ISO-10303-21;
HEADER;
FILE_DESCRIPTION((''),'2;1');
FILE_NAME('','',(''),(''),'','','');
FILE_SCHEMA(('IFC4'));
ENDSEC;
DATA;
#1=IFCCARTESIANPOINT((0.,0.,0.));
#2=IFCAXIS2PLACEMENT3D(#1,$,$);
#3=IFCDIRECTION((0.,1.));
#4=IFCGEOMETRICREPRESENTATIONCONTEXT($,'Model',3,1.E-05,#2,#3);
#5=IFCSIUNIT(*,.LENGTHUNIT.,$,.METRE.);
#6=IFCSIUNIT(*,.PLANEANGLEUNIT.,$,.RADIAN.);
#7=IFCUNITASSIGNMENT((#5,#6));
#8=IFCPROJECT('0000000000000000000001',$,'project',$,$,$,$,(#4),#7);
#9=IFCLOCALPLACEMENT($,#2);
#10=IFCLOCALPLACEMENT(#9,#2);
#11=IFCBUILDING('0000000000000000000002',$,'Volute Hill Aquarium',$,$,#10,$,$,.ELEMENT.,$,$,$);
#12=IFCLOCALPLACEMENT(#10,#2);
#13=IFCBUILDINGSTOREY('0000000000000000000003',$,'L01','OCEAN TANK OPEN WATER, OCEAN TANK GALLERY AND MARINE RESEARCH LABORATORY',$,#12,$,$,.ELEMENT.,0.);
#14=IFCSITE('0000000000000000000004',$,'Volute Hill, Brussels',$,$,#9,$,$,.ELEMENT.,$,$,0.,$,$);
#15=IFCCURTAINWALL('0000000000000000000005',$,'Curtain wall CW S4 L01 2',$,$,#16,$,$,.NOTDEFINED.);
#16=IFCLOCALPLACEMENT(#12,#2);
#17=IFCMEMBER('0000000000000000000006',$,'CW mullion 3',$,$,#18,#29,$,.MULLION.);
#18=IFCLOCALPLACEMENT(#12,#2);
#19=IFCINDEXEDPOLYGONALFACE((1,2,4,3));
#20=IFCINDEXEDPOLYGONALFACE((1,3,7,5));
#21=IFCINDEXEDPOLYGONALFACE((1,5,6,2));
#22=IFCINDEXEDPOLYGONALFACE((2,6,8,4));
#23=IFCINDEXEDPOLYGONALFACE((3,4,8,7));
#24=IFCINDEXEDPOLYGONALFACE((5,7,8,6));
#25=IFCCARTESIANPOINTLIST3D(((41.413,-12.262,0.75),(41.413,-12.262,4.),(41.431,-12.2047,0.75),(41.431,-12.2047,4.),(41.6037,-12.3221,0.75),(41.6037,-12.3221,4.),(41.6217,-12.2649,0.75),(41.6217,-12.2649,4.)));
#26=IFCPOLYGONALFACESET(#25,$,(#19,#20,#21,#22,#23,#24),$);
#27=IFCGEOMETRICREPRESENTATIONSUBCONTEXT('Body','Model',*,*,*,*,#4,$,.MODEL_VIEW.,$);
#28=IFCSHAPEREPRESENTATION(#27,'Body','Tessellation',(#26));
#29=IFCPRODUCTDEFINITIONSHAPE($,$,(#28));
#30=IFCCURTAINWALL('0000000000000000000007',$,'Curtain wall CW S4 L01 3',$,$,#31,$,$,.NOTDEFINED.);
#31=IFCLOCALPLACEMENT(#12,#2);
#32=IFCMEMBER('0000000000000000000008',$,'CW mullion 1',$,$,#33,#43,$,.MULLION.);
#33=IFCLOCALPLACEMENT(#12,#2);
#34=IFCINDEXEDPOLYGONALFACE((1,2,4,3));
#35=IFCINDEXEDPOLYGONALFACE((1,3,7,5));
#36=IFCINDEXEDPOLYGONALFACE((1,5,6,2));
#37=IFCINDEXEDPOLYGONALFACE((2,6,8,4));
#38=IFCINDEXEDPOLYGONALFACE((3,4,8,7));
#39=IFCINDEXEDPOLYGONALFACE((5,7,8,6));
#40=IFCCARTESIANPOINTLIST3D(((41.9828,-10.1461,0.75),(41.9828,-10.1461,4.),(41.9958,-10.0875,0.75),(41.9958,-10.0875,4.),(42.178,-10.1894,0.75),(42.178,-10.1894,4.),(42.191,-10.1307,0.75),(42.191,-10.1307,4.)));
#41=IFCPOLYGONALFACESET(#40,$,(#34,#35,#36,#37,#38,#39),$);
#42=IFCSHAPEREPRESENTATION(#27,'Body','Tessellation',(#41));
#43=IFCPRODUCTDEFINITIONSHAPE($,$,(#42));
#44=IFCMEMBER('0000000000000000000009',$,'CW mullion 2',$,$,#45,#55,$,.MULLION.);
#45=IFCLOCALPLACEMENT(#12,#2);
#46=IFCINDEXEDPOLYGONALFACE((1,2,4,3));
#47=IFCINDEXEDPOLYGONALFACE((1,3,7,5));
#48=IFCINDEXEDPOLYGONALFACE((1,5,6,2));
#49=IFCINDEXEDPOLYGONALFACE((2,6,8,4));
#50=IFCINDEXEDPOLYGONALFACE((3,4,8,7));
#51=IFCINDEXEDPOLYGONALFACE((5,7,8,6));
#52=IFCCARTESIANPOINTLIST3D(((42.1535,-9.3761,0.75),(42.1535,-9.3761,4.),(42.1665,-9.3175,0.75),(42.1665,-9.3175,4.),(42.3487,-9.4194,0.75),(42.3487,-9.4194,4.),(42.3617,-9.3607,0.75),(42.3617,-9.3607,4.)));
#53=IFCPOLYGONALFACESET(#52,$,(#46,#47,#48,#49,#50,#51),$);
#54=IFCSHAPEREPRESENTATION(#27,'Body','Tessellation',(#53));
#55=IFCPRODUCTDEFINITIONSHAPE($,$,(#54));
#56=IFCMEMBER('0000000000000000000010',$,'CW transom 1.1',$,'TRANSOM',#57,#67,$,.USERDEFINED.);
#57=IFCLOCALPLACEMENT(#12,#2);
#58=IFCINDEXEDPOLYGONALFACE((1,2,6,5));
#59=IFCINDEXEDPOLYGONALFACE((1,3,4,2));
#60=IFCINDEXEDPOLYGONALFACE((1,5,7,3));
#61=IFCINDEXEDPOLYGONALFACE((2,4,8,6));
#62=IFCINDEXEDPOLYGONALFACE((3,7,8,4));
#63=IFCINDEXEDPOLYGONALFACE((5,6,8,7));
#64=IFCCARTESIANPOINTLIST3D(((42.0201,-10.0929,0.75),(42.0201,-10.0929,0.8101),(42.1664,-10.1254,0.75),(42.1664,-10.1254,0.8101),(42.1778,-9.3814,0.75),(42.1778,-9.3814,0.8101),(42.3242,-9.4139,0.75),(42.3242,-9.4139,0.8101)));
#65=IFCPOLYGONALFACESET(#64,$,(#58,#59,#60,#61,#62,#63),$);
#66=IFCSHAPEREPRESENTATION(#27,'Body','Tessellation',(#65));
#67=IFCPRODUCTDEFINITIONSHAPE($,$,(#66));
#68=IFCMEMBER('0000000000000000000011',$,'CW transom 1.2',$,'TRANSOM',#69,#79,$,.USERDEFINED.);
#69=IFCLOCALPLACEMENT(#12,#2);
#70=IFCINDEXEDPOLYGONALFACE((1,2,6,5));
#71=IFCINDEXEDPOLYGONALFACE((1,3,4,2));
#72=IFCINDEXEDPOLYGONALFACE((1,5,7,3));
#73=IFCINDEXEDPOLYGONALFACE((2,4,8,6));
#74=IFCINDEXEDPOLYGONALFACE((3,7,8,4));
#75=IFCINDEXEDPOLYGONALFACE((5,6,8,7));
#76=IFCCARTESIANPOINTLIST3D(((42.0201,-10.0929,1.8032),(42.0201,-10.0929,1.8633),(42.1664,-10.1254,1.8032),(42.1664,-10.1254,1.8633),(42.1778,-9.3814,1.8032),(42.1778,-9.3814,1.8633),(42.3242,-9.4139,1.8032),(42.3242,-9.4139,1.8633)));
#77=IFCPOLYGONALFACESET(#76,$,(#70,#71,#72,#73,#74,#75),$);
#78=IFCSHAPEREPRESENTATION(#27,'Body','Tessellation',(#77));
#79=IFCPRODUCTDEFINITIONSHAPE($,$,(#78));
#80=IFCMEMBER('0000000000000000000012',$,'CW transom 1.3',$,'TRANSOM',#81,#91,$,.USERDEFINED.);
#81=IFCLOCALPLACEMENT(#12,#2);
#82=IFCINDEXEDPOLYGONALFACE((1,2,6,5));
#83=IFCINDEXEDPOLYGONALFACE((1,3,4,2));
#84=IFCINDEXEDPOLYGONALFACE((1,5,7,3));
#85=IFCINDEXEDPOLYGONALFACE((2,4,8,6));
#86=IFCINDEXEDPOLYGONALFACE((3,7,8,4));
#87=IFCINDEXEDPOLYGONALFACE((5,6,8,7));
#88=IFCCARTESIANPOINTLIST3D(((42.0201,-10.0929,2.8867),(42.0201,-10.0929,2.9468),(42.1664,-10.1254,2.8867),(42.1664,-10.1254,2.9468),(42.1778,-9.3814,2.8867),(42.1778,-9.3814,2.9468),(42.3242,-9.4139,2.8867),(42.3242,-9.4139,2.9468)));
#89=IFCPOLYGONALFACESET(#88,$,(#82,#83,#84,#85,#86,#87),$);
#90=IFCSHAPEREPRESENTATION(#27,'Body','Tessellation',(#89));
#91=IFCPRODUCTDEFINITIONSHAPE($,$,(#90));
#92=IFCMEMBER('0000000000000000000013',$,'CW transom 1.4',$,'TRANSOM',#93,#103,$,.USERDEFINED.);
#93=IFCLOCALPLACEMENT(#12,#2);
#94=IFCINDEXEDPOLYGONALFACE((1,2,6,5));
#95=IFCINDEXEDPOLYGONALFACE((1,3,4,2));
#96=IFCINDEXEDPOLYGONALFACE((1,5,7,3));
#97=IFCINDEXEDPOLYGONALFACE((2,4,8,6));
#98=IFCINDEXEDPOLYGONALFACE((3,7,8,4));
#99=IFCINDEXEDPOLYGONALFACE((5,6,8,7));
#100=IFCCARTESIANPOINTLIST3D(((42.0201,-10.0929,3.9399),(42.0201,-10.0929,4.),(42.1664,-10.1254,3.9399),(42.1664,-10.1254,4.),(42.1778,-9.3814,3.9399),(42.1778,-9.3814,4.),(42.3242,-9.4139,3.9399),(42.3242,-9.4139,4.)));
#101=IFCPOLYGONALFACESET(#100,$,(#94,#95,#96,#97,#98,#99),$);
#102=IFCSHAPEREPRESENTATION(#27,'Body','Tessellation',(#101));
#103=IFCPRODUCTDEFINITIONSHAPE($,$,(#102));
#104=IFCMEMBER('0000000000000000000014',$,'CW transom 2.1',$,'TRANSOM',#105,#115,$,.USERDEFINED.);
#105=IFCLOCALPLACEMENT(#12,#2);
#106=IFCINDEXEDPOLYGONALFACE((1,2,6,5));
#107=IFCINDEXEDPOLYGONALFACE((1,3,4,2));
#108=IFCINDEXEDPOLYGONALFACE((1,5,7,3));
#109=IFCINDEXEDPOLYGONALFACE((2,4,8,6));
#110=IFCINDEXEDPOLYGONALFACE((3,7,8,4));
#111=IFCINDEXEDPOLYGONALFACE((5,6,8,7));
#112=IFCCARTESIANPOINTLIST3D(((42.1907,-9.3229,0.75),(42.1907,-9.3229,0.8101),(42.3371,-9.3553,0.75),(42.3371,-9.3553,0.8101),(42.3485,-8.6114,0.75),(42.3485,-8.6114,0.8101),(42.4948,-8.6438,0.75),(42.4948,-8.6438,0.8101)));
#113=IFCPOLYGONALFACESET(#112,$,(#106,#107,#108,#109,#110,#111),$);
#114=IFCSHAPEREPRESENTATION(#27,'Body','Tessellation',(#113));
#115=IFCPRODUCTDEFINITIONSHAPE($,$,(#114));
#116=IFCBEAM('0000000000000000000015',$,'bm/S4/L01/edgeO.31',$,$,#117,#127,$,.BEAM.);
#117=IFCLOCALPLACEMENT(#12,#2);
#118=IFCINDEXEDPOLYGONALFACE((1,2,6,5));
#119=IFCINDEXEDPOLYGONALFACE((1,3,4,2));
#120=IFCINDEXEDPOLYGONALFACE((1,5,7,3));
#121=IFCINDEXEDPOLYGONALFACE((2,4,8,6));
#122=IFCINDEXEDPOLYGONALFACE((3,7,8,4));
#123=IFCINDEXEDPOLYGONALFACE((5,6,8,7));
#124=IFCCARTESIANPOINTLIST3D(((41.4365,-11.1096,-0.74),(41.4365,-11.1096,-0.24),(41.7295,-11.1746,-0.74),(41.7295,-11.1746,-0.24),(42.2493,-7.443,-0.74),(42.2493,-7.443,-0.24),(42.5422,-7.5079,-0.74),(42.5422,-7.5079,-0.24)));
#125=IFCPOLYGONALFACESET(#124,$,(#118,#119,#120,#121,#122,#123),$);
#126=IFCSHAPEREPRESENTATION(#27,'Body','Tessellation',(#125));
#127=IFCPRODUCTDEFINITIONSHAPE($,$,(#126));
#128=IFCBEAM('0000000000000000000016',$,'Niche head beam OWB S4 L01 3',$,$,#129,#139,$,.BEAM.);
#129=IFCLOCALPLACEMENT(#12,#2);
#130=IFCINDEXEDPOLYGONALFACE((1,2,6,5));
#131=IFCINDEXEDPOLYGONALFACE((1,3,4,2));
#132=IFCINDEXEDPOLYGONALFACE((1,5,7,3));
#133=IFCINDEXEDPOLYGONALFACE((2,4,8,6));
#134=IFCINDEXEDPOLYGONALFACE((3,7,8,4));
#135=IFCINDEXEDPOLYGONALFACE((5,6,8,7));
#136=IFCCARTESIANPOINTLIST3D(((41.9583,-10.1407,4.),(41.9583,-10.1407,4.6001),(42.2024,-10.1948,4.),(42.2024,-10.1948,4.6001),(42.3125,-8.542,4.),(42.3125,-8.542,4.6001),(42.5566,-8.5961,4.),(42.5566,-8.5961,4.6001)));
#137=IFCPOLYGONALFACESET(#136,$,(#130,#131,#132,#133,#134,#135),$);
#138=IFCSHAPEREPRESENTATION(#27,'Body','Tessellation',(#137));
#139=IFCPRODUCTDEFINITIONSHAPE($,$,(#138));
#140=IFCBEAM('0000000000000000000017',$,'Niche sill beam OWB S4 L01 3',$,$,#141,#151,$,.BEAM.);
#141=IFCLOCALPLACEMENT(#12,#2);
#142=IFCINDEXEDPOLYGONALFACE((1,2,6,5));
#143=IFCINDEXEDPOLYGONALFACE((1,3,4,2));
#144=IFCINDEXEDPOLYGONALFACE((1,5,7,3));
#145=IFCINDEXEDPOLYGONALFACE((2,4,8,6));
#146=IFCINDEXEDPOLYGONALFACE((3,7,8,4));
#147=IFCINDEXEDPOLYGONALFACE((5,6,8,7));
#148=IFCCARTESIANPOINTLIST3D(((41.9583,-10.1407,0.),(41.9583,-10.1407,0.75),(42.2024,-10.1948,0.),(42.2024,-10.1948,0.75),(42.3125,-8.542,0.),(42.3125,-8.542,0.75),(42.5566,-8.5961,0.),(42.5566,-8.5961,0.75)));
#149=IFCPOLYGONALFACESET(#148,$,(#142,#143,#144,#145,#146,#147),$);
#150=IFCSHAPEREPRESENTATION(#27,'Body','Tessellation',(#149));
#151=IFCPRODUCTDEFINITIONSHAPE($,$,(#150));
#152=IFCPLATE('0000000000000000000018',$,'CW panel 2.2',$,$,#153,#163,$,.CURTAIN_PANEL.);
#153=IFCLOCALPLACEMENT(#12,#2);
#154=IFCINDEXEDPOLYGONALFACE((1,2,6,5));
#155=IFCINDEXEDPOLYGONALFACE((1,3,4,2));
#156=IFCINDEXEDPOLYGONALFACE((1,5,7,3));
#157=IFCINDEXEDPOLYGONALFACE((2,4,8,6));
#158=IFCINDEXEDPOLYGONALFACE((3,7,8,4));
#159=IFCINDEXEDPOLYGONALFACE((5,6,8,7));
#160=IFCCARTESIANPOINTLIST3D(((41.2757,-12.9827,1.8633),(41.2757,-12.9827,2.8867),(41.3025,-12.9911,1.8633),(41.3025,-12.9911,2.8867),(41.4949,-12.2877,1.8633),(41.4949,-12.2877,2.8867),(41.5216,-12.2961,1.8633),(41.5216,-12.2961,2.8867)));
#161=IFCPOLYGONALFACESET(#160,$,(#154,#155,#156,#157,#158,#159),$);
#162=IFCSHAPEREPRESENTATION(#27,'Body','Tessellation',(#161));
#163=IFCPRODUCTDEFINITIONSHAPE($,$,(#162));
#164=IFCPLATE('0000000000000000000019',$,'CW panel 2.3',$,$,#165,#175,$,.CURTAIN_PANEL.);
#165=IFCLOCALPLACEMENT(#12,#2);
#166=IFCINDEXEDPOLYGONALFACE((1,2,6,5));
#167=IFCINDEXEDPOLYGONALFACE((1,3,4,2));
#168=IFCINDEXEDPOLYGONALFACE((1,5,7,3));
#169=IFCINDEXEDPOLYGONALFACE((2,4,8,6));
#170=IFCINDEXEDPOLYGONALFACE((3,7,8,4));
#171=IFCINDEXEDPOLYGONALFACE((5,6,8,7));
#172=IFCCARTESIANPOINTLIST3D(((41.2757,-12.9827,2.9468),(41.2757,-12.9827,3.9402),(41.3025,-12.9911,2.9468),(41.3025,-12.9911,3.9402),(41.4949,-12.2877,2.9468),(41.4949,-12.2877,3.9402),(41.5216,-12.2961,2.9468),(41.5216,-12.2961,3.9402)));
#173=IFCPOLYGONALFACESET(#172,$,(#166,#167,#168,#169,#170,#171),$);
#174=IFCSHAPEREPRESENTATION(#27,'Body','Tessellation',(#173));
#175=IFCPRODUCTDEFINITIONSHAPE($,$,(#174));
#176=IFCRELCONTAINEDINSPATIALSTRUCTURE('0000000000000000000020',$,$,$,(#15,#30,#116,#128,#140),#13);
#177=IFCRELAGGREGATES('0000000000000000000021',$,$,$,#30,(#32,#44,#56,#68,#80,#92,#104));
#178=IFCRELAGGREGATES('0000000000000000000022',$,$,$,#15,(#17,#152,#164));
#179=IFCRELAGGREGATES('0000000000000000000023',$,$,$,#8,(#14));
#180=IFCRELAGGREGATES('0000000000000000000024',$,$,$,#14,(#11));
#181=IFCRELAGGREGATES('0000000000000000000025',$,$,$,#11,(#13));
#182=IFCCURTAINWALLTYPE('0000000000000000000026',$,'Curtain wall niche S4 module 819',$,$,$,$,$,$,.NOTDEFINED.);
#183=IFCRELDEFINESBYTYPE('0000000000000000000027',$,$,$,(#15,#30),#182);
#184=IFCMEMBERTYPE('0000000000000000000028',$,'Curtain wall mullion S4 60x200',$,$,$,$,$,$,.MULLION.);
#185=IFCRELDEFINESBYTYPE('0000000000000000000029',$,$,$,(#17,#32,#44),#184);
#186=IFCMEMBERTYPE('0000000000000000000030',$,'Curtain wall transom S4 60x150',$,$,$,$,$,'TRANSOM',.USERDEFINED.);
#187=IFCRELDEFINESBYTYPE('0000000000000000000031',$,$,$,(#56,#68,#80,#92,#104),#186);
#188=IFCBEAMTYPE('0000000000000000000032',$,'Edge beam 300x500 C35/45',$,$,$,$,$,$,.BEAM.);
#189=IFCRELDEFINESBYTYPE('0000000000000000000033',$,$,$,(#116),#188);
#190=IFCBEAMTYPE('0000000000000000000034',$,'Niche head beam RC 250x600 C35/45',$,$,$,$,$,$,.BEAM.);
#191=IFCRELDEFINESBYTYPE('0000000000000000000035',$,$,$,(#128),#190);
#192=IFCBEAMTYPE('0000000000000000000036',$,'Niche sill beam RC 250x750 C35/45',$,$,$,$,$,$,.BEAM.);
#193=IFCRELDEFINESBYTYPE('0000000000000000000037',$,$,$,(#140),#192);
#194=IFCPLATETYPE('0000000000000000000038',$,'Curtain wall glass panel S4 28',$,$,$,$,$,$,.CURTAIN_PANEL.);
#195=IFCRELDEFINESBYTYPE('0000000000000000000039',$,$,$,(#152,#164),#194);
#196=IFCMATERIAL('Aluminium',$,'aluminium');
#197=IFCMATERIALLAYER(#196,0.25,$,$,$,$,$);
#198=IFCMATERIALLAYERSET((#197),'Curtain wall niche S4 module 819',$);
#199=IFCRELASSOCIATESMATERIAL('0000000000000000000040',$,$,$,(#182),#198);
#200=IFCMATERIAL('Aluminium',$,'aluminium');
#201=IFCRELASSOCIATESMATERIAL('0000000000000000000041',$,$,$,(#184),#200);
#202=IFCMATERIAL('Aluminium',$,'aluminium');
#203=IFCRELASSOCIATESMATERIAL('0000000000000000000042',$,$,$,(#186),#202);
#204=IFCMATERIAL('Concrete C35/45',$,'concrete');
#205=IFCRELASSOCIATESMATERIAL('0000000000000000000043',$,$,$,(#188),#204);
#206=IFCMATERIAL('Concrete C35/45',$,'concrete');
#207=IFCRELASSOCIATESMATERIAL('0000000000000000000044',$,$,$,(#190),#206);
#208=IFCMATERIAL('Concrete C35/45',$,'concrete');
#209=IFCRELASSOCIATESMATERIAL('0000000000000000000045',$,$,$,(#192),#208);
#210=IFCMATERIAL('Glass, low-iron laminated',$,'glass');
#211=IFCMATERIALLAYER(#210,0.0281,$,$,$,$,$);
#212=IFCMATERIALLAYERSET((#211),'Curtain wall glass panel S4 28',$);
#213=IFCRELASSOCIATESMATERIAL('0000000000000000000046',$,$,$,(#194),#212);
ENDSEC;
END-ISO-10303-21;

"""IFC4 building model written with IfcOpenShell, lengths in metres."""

from ifc_helpers import new_model, si_unit, direction, frame, origin, origin_2d, place, context, subcontext, project, spatial, rectangle, extrude, material, layer, layer_set, material_profile, profile_set, type_object, element, aggregate, save


model = new_model("IFC4")

# Units and contexts
model_context = context("Model", 3, precision=1e-05, world=origin(), true_north=direction((0.0, 1.0)))
body_context = subcontext(model_context, "Body", "Model", "MODEL_VIEW")
ifc_project = project(units=[si_unit("LENGTHUNIT", "METRE"), si_unit("PLANEANGLEUNIT", "RADIAN")], contexts=[model_context])

# Site, building, storey
site_placement = place(None, origin())
site = spatial("IfcSite", under=ifc_project, at=site_placement, Name="Volute Hill, Brussels", CompositionType="ELEMENT", RefElevation=0.0)
building_placement = place(site_placement, origin())
building = spatial("IfcBuilding", under=site, at=building_placement, Name="Volute Hill Aquarium", CompositionType="ELEMENT")
storey_placement = place(building_placement, origin())
storey = spatial("IfcBuildingStorey", under=building, at=storey_placement, Name="L01", Description="OCEAN TANK OPEN WATER, OCEAN TANK GALLERY AND MARINE RESEARCH LABORATORY", CompositionType="ELEMENT", Elevation=0.0)

# Curtain wall, member
ifc_material_1 = material(Name="Aluminium", Category="aluminium")
ifc_layer_1 = layer(ifc_material_1, 0.25)
ifc_layer_set_1 = layer_set([ifc_layer_1], Name="Curtain wall niche S4 module 819")
curtain_wall_type = type_object("IfcCurtainWallType", Name="Curtain wall niche S4 module 819", PredefinedType="NOTDEFINED", material=ifc_layer_set_1)
curtain_wall_1_placement = place(storey_placement, origin())
curtain_wall_1 = element("IfcCurtainWall", 1, at=curtain_wall_1_placement, inside=storey, type_object=curtain_wall_type, Name="Curtain wall CW S4 L01 2", PredefinedType="NOTDEFINED")
ifc_material_2 = material(Name="Aluminium", Category="aluminium")
ifc_material_profile_1 = material_profile(ifc_material_2, rectangle(XDim=0.2, YDim=0.0601, at=origin_2d()), Name="Curtain wall mullion S4 60x200")
ifc_profile_set_1 = profile_set([ifc_material_profile_1], Name="Aluminium")
member_type_1 = type_object("IfcMemberType", Name="Curtain wall mullion S4 60x200", PredefinedType="MULLION", material=ifc_profile_set_1)
member_1_placement = place(storey_placement, frame((41.5173, -12.2634, 0.75), z_axis=(0.0, 0.0, 1.0), x_axis=(-0.953716, 0.30071, 0.0)))
member_1 = element("IfcMember", 2, at=member_1_placement, type_object=member_type_1, Name="CW mullion 3", PredefinedType="MULLION", context=body_context, shape_type="SweptSolid", body=[
    extrude(rectangle(XDim=0.2, YDim=0.0601, at=origin_2d()), origin(), (0.0, 0.0, 1.0), 3.25),
])

# Curtain wall, members
curtain_wall_2_placement = place(storey_placement, origin())
curtain_wall_2 = element("IfcCurtainWall", 3, at=curtain_wall_2_placement, inside=storey, type_object=curtain_wall_type, Name="Curtain wall CW S4 L01 3", PredefinedType="NOTDEFINED")
member_2_placement = place(storey_placement, frame((42.0869, -10.1384, 0.75), z_axis=(0.0, 0.0, 1.0), x_axis=(-0.976298, 0.216432, 0.0)))
member_2 = element("IfcMember", 4, at=member_2_placement, type_object=member_type_1, Name="CW mullion 1", PredefinedType="MULLION", context=body_context, shape_type="SweptSolid", body=[
    extrude(rectangle(XDim=0.2, YDim=0.0601, at=origin_2d()), origin(), (0.0, 0.0, 1.0), 3.25),
])
member_3_placement = place(storey_placement, frame((42.2576, -9.3684, 0.75), z_axis=(0.0, 0.0, 1.0), x_axis=(-0.976298, 0.216432, 0.0)))
member_3 = element("IfcMember", 5, at=member_3_placement, type_object=member_type_1, Name="CW mullion 2", PredefinedType="MULLION", context=body_context, shape_type="SweptSolid", body=[
    extrude(rectangle(XDim=0.2, YDim=0.0601, at=origin_2d()), origin(), (0.0, 0.0, 1.0), 3.25),
])
ifc_material_3 = material(Name="Aluminium", Category="aluminium")
ifc_material_profile_2 = material_profile(ifc_material_3, rectangle(XDim=0.1499, YDim=0.0601, at=origin_2d()), Name="Curtain wall transom S4 60x150")
ifc_profile_set_2 = profile_set([ifc_material_profile_2], Name="Aluminium")
member_type_2 = type_object("IfcMemberType", Name="Curtain wall transom S4 60x150", ElementType="TRANSOM", PredefinedType="USERDEFINED", material=ifc_profile_set_2)
member_4_placement = place(storey_placement, frame((42.0933, -10.1091, 0.78), z_axis=(0.216434, 0.976297, 0.0), x_axis=(-0.976297, 0.216434, 0.0)))
member_4 = element("IfcMember", 6, at=member_4_placement, type_object=member_type_2, Name="CW transom 1.1", ObjectType="TRANSOM", PredefinedType="USERDEFINED", context=body_context, shape_type="SweptSolid", body=[
    extrude(rectangle(XDim=0.1499, YDim=0.0601, at=origin_2d()), origin(), (0.0, 0.0, 1.0), 0.7288),
])
member_5_placement = place(storey_placement, frame((42.0933, -10.1091, 1.8333), z_axis=(0.216434, 0.976297, 0.0), x_axis=(-0.976297, 0.216434, 0.0)))
member_5 = element("IfcMember", 7, at=member_5_placement, type_object=member_type_2, Name="CW transom 1.2", ObjectType="TRANSOM", PredefinedType="USERDEFINED", context=body_context, shape_type="SweptSolid", body=[
    extrude(rectangle(XDim=0.1499, YDim=0.0601, at=origin_2d()), origin(), (0.0, 0.0, 1.0), 0.7288),
])
member_6_placement = place(storey_placement, frame((42.0933, -10.1091, 2.9167), z_axis=(0.216434, 0.976297, 0.0), x_axis=(-0.976297, 0.216434, 0.0)))
member_6 = element("IfcMember", 8, at=member_6_placement, type_object=member_type_2, Name="CW transom 1.3", ObjectType="TRANSOM", PredefinedType="USERDEFINED", context=body_context, shape_type="SweptSolid", body=[
    extrude(rectangle(XDim=0.1499, YDim=0.0601, at=origin_2d()), origin(), (0.0, 0.0, 1.0), 0.7288),
])
member_7_placement = place(storey_placement, frame((42.0933, -10.1091, 3.97), z_axis=(0.216434, 0.976297, 0.0), x_axis=(-0.976297, 0.216434, 0.0)))
member_7 = element("IfcMember", 9, at=member_7_placement, type_object=member_type_2, Name="CW transom 1.4", ObjectType="TRANSOM", PredefinedType="USERDEFINED", context=body_context, shape_type="SweptSolid", body=[
    extrude(rectangle(XDim=0.1499, YDim=0.0601, at=origin_2d()), origin(), (0.0, 0.0, 1.0), 0.7288),
])
member_8_placement = place(storey_placement, frame((42.2639, -9.3391, 0.78), z_axis=(0.216434, 0.976297, 0.0), x_axis=(-0.976297, 0.216434, 0.0)))
member_8 = element("IfcMember", 10, at=member_8_placement, type_object=member_type_2, Name="CW transom 2.1", ObjectType="TRANSOM", PredefinedType="USERDEFINED", context=body_context, shape_type="SweptSolid", body=[
    extrude(rectangle(XDim=0.1499, YDim=0.0601, at=origin_2d()), origin(), (0.0, 0.0, 1.0), 0.7288),
])

# Beams
ifc_material_4 = material(Name="Concrete C35/45", Category="concrete")
ifc_material_profile_3 = material_profile(ifc_material_4, rectangle(XDim=0.3, YDim=0.5, at=origin_2d()), Name="RC edge beam 300x500")
ifc_profile_set_3 = profile_set([ifc_material_profile_3], Name="Concrete C35/45")
beam_type_1 = type_object("IfcBeamType", Name="Edge beam 300x500 C35/45", PredefinedType="BEAM", material=ifc_profile_set_3)
beam_1_placement = place(storey_placement, frame((41.583, -11.1421, -0.49), z_axis=(0.216414, 0.976302, 0.0), x_axis=(-0.976302, 0.216414, 0.0)))
element("IfcBeam", 11, at=beam_1_placement, inside=storey, type_object=beam_type_1, Name="bm/S4/L01/edgeO.31", PredefinedType="BEAM", context=body_context, shape_type="SweptSolid", body=[
    extrude(rectangle(XDim=0.3, YDim=0.5, at=origin_2d()), origin(), (0.0, 0.0, 1.0), 3.7556),
])
ifc_material_5 = material(Name="Concrete C35/45", Category="concrete")
ifc_material_profile_4 = material_profile(ifc_material_5, rectangle(XDim=0.25, YDim=0.6001, at=origin_2d()), Name="RC beam 250x600")
ifc_profile_set_4 = profile_set([ifc_material_profile_4], Name="Concrete C35/45")
beam_type_2 = type_object("IfcBeamType", Name="Niche head beam RC 250x600 C35/45", PredefinedType="BEAM", material=ifc_profile_set_4)
beam_2_placement = place(storey_placement, frame((42.0803, -10.1677, 4.3), z_axis=(0.216346, 0.976317, 0.0), x_axis=(-0.976317, 0.216346, 0.0)))
element("IfcBeam", 12, at=beam_2_placement, inside=storey, type_object=beam_type_2, Name="Niche head beam OWB S4 L01 3", PredefinedType="BEAM", context=body_context, shape_type="SweptSolid", body=[
    extrude(rectangle(XDim=0.25, YDim=0.6001, at=origin_2d()), origin(), (0.0, 0.0, 1.0), 1.6375),
])
ifc_material_6 = material(Name="Concrete C35/45", Category="concrete")
ifc_material_profile_5 = material_profile(ifc_material_6, rectangle(XDim=0.25, YDim=0.75, at=origin_2d()), Name="RC beam 250x750")
ifc_profile_set_5 = profile_set([ifc_material_profile_5], Name="Concrete C35/45")
beam_type_3 = type_object("IfcBeamType", Name="Niche sill beam RC 250x750 C35/45", PredefinedType="BEAM", material=ifc_profile_set_5)
beam_3_placement = place(storey_placement, frame((42.0803, -10.1677, 0.375), z_axis=(0.216346, 0.976317, 0.0), x_axis=(-0.976317, 0.216346, 0.0)))
element("IfcBeam", 13, at=beam_3_placement, inside=storey, type_object=beam_type_3, Name="Niche sill beam OWB S4 L01 3", PredefinedType="BEAM", context=body_context, shape_type="SweptSolid", body=[
    extrude(rectangle(XDim=0.25, YDim=0.75, at=origin_2d()), origin(), (0.0, 0.0, 1.0), 1.6375),
])

# Plates
ifc_material_7 = material(Name="Glass, low-iron laminated", Category="glass")
ifc_layer_2 = layer(ifc_material_7, 0.0281)
ifc_layer_set_2 = layer_set([ifc_layer_2], Name="Curtain wall glass panel S4 28")
plate_type_1 = type_object("IfcPlateType", Name="Curtain wall glass panel S4 28", PredefinedType="CURTAIN_PANEL", material=ifc_layer_set_2)
plate_1_placement = place(storey_placement, frame((41.3987, -12.6394, 1.8633), z_axis=(0.0, 0.0, 1.0), x_axis=(0.30071, 0.953716, 0.0)))
plate_1 = element("IfcPlate", 14, at=plate_1_placement, type_object=plate_type_1, Name="CW panel 2.2", PredefinedType="CURTAIN_PANEL", context=body_context, shape_type="SweptSolid", body=[
    extrude(rectangle(XDim=0.7288, YDim=0.0281, at=origin_2d()), origin(), (0.0, 0.0, 1.0), 1.0234),
])
plate_2_placement = place(storey_placement, frame((41.3987, -12.6394, 2.9468), z_axis=(0.0, 0.0, 1.0), x_axis=(0.30071, 0.953716, 0.0)))
plate_2 = element("IfcPlate", 15, at=plate_2_placement, type_object=plate_type_1, Name="CW panel 2.3", PredefinedType="CURTAIN_PANEL", context=body_context, shape_type="SweptSolid", body=[
    extrude(rectangle(XDim=0.7288, YDim=0.0281, at=origin_2d()), origin(), (0.0, 0.0, 1.0), 0.9934),
])
aggregate(curtain_wall_2, [member_2, member_3, member_4, member_5, member_6, member_7, member_8])
aggregate(curtain_wall_1, [member_1, plate_1, plate_2])

save(model, "model.ifc")
